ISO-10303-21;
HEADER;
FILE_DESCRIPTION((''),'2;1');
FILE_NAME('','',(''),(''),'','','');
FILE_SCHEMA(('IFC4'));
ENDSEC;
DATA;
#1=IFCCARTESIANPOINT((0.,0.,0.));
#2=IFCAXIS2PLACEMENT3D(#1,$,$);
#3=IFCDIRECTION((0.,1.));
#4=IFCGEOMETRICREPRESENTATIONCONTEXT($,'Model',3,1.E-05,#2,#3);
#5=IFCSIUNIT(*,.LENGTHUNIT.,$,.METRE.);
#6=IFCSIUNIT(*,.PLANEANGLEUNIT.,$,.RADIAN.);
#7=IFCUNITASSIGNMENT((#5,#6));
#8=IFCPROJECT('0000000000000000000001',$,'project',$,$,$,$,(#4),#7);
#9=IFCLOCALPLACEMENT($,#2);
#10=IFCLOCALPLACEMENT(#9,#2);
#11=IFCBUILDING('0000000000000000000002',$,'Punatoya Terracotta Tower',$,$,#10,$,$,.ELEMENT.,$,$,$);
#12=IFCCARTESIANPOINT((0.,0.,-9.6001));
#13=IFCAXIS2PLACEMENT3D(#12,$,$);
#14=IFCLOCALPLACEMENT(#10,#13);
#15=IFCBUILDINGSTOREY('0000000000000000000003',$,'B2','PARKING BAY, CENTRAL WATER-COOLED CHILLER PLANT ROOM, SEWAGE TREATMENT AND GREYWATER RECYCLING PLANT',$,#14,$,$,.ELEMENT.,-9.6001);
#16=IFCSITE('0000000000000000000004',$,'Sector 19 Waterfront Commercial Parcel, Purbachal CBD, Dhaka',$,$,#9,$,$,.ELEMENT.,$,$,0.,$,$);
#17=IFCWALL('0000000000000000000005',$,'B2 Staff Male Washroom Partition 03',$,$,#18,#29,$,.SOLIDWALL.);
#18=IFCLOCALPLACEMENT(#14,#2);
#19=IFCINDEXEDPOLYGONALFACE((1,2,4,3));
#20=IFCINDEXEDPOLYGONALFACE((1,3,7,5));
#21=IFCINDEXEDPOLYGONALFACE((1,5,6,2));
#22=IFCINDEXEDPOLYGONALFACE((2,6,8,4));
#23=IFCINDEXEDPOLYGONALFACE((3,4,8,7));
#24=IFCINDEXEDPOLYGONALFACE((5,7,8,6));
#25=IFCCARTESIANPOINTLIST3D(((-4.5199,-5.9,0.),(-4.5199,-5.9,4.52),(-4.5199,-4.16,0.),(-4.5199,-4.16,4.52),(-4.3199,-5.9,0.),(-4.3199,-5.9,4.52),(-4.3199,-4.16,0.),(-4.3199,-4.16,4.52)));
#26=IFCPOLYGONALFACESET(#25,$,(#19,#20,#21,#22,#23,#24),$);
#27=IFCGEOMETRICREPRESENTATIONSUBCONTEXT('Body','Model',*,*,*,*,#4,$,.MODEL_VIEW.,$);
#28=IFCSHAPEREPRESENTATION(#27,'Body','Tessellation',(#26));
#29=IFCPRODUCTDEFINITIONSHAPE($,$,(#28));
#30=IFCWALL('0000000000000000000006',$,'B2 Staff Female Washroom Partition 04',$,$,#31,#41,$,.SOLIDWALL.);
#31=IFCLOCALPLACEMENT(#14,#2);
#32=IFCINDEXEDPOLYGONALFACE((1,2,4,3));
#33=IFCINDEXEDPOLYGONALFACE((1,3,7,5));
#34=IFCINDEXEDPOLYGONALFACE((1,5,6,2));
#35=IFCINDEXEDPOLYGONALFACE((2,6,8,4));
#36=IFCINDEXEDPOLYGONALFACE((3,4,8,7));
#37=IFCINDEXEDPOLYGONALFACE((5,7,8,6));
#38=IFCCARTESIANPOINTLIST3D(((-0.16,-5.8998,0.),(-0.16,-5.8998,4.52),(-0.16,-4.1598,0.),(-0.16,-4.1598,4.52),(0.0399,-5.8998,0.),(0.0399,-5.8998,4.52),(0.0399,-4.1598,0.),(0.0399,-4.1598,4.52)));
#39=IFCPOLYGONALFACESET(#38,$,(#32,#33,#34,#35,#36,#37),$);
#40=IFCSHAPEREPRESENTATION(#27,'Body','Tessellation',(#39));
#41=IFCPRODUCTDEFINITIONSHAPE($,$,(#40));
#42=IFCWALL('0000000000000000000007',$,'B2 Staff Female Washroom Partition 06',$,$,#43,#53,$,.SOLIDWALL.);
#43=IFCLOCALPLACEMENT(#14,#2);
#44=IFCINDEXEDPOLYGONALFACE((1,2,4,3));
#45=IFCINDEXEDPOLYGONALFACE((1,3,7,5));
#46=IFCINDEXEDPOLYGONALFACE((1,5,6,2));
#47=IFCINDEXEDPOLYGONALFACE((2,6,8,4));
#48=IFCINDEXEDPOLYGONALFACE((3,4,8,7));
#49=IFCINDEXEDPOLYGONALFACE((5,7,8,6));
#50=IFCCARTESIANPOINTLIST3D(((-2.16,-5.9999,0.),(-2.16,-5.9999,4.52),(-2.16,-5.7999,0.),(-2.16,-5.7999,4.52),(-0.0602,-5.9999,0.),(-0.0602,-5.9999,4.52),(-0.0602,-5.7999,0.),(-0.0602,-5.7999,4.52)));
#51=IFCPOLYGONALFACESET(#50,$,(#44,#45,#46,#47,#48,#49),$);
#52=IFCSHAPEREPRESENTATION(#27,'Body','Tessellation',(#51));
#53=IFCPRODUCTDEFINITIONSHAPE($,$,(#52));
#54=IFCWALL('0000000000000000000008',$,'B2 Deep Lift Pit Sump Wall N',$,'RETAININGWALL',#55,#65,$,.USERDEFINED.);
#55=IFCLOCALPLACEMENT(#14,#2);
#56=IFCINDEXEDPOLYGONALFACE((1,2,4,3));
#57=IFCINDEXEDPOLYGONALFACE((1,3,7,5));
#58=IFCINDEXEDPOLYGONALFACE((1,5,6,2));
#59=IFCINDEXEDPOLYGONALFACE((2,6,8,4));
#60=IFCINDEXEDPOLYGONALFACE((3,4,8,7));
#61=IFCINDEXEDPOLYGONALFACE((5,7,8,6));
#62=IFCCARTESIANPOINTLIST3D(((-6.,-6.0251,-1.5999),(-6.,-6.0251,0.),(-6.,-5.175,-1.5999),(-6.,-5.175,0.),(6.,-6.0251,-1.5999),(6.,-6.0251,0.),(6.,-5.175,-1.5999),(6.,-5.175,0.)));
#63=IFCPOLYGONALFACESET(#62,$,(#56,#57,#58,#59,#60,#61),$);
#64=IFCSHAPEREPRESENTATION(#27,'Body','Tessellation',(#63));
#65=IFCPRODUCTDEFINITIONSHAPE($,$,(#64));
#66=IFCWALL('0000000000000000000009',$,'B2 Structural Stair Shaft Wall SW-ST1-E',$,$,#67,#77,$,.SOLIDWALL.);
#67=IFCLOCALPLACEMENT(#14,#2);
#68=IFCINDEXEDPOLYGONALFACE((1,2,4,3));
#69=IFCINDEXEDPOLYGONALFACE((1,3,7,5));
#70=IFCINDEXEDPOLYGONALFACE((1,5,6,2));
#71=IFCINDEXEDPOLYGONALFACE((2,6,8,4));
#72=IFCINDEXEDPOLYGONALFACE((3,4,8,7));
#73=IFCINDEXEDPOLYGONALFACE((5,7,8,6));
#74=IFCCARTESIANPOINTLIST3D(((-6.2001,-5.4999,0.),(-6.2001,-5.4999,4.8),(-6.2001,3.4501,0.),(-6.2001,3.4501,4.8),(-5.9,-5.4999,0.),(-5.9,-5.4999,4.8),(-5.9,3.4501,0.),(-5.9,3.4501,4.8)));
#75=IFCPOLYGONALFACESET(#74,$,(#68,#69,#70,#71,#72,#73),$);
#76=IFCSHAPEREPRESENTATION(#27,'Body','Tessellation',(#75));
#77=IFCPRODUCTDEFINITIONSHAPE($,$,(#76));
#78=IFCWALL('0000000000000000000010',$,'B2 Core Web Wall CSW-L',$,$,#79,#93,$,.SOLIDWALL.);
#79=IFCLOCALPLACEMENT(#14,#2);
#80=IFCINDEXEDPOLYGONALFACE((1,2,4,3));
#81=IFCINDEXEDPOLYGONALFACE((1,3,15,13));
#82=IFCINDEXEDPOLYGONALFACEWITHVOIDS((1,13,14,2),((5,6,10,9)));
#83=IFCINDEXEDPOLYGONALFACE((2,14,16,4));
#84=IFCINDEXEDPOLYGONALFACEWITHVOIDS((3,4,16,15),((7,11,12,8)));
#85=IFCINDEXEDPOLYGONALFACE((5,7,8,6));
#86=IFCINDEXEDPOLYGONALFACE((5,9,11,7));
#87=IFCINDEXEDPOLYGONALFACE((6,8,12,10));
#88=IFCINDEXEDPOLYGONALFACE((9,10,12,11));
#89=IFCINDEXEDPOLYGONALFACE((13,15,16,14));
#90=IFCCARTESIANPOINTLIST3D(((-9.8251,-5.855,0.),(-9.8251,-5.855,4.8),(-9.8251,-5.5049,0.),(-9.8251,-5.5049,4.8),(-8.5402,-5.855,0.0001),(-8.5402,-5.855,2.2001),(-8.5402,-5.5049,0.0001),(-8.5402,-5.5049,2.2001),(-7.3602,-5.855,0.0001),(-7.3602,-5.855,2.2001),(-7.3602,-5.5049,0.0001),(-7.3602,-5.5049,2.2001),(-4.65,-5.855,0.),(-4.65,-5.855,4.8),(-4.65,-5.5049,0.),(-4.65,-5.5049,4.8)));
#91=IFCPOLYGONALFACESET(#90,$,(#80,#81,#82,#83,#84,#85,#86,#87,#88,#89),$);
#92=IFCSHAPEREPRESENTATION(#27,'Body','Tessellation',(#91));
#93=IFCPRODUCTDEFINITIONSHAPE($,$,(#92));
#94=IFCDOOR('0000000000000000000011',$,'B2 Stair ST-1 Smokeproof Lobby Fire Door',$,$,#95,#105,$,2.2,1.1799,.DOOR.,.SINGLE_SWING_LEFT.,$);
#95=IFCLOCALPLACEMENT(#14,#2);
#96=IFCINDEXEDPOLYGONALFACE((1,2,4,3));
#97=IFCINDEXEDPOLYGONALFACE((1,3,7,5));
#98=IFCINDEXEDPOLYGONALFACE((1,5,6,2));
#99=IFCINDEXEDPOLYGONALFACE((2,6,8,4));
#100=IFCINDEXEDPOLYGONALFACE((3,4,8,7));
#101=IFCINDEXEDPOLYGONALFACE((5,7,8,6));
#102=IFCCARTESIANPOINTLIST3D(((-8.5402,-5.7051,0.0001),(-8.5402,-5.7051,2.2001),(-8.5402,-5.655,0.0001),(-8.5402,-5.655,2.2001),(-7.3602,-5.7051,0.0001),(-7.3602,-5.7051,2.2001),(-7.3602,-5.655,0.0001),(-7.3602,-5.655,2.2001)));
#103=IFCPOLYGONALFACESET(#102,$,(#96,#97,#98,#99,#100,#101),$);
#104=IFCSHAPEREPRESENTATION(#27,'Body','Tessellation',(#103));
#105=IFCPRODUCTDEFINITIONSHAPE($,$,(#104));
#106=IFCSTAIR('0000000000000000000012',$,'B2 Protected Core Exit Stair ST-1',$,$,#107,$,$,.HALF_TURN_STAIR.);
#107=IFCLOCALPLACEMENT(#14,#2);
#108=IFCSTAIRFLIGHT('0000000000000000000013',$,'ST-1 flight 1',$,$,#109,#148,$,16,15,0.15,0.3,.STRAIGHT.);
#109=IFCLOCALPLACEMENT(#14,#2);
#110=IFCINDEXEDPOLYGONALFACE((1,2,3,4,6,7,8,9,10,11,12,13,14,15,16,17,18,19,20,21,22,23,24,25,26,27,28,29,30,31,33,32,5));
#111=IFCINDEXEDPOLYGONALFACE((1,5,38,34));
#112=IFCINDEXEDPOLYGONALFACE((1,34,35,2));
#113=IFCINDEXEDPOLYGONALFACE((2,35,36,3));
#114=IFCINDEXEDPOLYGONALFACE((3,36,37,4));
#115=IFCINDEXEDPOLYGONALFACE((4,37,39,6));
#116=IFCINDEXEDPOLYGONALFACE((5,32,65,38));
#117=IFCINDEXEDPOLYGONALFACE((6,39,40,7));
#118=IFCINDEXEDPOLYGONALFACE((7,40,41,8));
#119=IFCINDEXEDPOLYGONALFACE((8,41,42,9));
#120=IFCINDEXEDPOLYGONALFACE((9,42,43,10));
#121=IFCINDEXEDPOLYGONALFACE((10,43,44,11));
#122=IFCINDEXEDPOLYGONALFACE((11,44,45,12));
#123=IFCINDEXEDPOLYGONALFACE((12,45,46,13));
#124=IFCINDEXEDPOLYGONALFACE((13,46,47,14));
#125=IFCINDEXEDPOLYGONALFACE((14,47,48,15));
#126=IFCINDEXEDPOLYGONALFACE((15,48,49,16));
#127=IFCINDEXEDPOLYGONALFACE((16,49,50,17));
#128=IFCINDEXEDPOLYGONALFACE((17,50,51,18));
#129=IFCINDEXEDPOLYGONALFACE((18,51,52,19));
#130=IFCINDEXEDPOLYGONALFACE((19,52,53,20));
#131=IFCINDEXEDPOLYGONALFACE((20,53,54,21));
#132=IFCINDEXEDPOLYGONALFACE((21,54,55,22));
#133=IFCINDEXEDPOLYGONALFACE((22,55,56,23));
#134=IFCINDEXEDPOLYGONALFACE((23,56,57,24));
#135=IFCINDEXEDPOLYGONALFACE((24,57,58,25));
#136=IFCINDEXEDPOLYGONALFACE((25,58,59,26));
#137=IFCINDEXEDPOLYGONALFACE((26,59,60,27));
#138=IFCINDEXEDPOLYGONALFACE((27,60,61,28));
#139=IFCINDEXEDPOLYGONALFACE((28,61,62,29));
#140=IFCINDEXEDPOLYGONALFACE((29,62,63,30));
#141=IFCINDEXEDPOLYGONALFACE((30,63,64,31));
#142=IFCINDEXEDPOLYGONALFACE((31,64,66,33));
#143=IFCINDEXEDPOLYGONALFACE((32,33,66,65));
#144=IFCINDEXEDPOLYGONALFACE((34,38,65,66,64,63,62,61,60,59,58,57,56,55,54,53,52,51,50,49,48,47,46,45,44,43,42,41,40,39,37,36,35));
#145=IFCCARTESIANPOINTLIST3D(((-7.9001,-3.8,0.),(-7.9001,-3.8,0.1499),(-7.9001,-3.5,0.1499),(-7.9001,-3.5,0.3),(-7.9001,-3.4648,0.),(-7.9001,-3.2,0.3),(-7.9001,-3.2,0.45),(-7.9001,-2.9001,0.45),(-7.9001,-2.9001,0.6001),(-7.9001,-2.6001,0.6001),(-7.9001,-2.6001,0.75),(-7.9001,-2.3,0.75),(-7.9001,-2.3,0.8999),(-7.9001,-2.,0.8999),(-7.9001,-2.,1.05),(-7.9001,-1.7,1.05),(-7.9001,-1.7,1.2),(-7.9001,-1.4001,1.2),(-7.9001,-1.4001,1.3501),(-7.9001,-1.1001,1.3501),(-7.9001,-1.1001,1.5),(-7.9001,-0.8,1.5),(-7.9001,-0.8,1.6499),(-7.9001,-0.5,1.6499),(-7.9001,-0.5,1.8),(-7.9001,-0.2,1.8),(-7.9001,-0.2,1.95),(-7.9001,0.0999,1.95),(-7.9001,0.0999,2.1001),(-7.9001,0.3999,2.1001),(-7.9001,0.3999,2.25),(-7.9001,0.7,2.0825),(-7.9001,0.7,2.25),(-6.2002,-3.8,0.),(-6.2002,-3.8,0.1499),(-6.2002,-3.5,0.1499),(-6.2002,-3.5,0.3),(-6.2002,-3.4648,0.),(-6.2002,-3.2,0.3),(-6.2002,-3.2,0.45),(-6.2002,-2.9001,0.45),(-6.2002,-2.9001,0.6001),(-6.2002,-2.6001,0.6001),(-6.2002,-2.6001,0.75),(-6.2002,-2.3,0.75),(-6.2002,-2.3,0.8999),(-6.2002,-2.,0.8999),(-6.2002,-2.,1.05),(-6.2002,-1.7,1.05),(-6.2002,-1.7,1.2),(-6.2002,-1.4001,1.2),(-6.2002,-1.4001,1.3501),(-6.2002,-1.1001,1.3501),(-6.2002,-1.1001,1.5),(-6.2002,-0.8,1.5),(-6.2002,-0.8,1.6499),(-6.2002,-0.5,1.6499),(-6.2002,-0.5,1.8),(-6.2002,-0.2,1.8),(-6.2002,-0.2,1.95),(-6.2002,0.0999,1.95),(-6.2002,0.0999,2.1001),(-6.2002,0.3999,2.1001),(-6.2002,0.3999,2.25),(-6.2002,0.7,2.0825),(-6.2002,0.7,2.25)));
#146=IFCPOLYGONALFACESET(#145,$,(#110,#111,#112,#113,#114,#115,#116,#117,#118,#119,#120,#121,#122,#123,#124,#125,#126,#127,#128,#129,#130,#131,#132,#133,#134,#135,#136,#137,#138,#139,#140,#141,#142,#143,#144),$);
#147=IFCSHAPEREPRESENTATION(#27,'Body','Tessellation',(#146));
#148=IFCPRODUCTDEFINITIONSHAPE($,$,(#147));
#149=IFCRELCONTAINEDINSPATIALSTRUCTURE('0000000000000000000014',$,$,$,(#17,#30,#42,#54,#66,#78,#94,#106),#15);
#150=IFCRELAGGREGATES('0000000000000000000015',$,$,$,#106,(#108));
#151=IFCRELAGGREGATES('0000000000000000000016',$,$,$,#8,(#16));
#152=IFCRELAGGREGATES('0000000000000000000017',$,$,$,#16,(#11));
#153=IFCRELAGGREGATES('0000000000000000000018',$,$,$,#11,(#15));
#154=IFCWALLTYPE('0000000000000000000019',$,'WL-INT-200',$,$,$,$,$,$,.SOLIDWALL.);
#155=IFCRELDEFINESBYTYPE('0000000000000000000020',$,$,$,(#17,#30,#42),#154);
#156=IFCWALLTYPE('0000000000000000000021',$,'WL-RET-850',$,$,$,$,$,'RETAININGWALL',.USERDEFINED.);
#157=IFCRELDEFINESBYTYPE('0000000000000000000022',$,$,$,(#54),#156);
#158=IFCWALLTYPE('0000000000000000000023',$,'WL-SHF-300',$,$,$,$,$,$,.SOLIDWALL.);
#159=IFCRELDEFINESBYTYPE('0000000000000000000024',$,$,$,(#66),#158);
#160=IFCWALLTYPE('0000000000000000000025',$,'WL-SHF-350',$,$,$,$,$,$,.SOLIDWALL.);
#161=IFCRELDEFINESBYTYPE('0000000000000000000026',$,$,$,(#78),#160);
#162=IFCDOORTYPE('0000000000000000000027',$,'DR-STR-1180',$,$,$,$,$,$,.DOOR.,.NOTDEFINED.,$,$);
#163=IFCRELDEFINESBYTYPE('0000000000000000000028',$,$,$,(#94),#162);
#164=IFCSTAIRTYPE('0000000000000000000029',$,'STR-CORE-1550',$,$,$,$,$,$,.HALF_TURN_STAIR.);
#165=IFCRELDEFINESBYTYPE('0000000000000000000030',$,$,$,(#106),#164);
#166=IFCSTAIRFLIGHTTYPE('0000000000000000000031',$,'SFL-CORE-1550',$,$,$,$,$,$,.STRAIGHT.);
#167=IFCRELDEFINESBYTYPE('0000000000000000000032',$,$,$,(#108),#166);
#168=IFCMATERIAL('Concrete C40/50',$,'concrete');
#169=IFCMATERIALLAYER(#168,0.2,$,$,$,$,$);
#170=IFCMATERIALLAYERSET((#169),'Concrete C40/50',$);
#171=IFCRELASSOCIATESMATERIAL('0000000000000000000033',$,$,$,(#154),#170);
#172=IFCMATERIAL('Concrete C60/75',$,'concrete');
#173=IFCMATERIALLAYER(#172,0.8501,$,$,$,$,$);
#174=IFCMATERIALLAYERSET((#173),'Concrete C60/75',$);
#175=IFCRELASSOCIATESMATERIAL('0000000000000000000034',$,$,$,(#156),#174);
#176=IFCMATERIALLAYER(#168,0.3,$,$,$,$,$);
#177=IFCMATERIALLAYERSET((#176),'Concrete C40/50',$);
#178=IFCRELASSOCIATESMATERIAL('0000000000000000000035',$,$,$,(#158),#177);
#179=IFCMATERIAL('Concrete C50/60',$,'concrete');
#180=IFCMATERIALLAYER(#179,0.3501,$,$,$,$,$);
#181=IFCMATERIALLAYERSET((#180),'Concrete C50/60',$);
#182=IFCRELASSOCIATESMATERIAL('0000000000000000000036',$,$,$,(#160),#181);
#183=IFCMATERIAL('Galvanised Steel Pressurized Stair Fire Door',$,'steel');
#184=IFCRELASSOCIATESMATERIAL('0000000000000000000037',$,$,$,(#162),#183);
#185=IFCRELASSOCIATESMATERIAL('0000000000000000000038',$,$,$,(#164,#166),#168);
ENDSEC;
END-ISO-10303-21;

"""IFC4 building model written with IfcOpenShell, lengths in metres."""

from ifc_helpers import new_model, si_unit, direction, frame, frame_2d, origin, place, context, subcontext, project, spatial, polyline, rectangle, outline, extrude, material, layer, layer_set, type_object, element, fill, aggregate, save


model = new_model("IFC4")

# Units and contexts
model_context = context("Model", 3, precision=1e-05, world=origin(), true_north=direction((0.0, 1.0)))
body_context = subcontext(model_context, "Body", "Model", "MODEL_VIEW")
ifc_project = project(units=[si_unit("LENGTHUNIT", "METRE"), si_unit("PLANEANGLEUNIT", "RADIAN")], contexts=[model_context])

# Site, building, storey
site_placement = place(None, origin())
site = spatial("IfcSite", under=ifc_project, at=site_placement, Name="Sector 19 Waterfront Commercial Parcel, Purbachal CBD, Dhaka", CompositionType="ELEMENT", RefElevation=0.0)
building_placement = place(site_placement, origin())
building = spatial("IfcBuilding", under=site, at=building_placement, Name="Punatoya Terracotta Tower", CompositionType="ELEMENT")
storey_placement = place(building_placement, frame((0.0, 0.0, -9.6001)))
storey = spatial("IfcBuildingStorey", under=building, at=storey_placement, Name="B2", Description="PARKING BAY, CENTRAL WATER-COOLED CHILLER PLANT ROOM, SEWAGE TREATMENT AND GREYWATER RECYCLING PLANT", CompositionType="ELEMENT", Elevation=-9.6001)

# Shared definitions
ifc_material_1 = material(Name="Concrete C50/60", Category="concrete")

# Shared definitions
ifc_material_2 = material(Name="Concrete C60/75", Category="concrete")

# Shared definitions
ifc_material_3 = material(Name="Concrete C40/50", Category="concrete")
ifc_layer_1 = layer(ifc_material_3, 0.2)
ifc_layer_set_1 = layer_set([ifc_layer_1], Name="Concrete C40/50")
wall_type_1 = type_object("IfcWallType", Name="WL-INT-200", PredefinedType="SOLIDWALL", material=ifc_layer_set_1)

# Walls
for number, where, z_axis, x_axis, name in (
    (1, (-4.4199, -4.1599, 0.0), (0.0, 0.0, 1.0), (0.0, -1.0, 0.0), "B2 Staff Male Washroom Partition 03"),
    (2, (-0.0601, -5.8999, 0.0), (0.0, 0.0, 1.0), (0.0, 1.0, 0.0), "B2 Staff Female Washroom Partition 04"),
):
    element("IfcWall", number, at=place(storey_placement, frame(where, z_axis=z_axis, x_axis=x_axis)), inside=storey, type_object=wall_type_1, Name=name, PredefinedType="SOLIDWALL", context=body_context, shape_type="SweptSolid", body=[
        extrude(rectangle(XDim=1.74, YDim=0.2, at=frame_2d((0.8701, 0.0))), origin(), (0.0, 0.0, 1.0), 4.52),
    ])

# Walls
wall_1_placement = place(storey_placement, frame((-2.1599, -5.8999, 0.0), z_axis=(0.0, 0.0, 1.0), x_axis=(1.0, 0.0, 0.0)))
element("IfcWall", 3, at=wall_1_placement, inside=storey, type_object=wall_type_1, Name="B2 Staff Female Washroom Partition 06", PredefinedType="SOLIDWALL", context=body_context, shape_type="SweptSolid", body=[
    extrude(rectangle(XDim=2.0999, YDim=0.2, at=frame_2d((1.0498, 0.0))), origin(), (0.0, 0.0, 1.0), 4.52),
])
ifc_layer_2 = layer(ifc_material_2, 0.8501)
ifc_layer_set_2 = layer_set([ifc_layer_2], Name="Concrete C60/75")
wall_type_2 = type_object("IfcWallType", Name="WL-RET-850", ElementType="RETAININGWALL", PredefinedType="USERDEFINED", material=ifc_layer_set_2)
wall_2_placement = place(storey_placement, frame((-6.0, -5.6001, -1.5999), z_axis=(0.0, 0.0, 1.0), x_axis=(1.0, 0.0, 0.0)))
element("IfcWall", 4, at=wall_2_placement, inside=storey, type_object=wall_type_2, Name="B2 Deep Lift Pit Sump Wall N", ObjectType="RETAININGWALL", PredefinedType="USERDEFINED", context=body_context, shape_type="SweptSolid", body=[
    extrude(rectangle(XDim=12.0, YDim=0.8501, at=frame_2d((6.0, 0.0))), origin(), (0.0, 0.0, 1.0), 1.5999),
])
ifc_layer_3 = layer(ifc_material_3, 0.3)
ifc_layer_set_3 = layer_set([ifc_layer_3], Name="Concrete C40/50")
wall_type_3 = type_object("IfcWallType", Name="WL-SHF-300", PredefinedType="SOLIDWALL", material=ifc_layer_set_3)
wall_3_placement = place(storey_placement, frame((-6.05, -5.5, 0.0), z_axis=(0.0, 0.0, 1.0), x_axis=(0.0, 1.0, 0.0)))
element("IfcWall", 5, at=wall_3_placement, inside=storey, type_object=wall_type_3, Name="B2 Structural Stair Shaft Wall SW-ST1-E", PredefinedType="SOLIDWALL", context=body_context, shape_type="SweptSolid", body=[
    extrude(rectangle(XDim=8.95, YDim=0.3, at=frame_2d((4.4751, 0.0))), origin(), (0.0, 0.0, 1.0), 4.8),
])

# Wall, opening, door
ifc_layer_4 = layer(ifc_material_1, 0.3501)
ifc_layer_set_4 = layer_set([ifc_layer_4], Name="Concrete C50/60")
wall_type_4 = type_object("IfcWallType", Name="WL-SHF-350", PredefinedType="SOLIDWALL", material=ifc_layer_set_4)
wall_4_placement = place(storey_placement, frame((-9.825, -5.6799, 0.0), z_axis=(0.0, 0.0, 1.0), x_axis=(1.0, 0.0, 0.0)))
wall_4 = element("IfcWall", 6, at=wall_4_placement, inside=storey, type_object=wall_type_4, Name="B2 Core Web Wall CSW-L", PredefinedType="SOLIDWALL", context=body_context, shape_type="SweptSolid", body=[
    extrude(rectangle(XDim=5.175, YDim=0.3501, at=frame_2d((2.5874, 0.0))), origin(), (0.0, 0.0, 1.0), 4.8),
])
opening_1_placement = place(wall_4_placement, frame((1.2849, 0.0, 0.0)))
opening_1 = element("IfcOpeningElement", 7, at=opening_1_placement, cuts=wall_4, PredefinedType="OPENING", context=body_context, shape_type="SweptSolid", body=[
    extrude(rectangle(XDim=1.1799, YDim=2.2, at=frame_2d((0.5898, 1.1001))), frame((0.0, 0.1851, 0.0), z_axis=(0.0, -1.0, 0.0), x_axis=(1.0, 0.0, 0.0)), (0.0, 0.0, 1.0), 0.3701),
])
ifc_material_4 = material(Name="Galvanised Steel Pressurized Stair Fire Door", Category="steel")
door_type_1 = type_object("IfcDoorType", Name="DR-STR-1180", OperationType="NOTDEFINED", PredefinedType="DOOR", material=ifc_material_4)
door_1_placement = place(opening_1_placement, origin())
door_1 = element("IfcDoor", 8, at=door_1_placement, inside=storey, type_object=door_type_1, Name="B2 Stair ST-1 Smokeproof Lobby Fire Door", OperationType="SINGLE_SWING_LEFT", OverallHeight=2.2, OverallWidth=1.1799, PredefinedType="DOOR", context=body_context, shape_type="SweptSolid", body=[
    extrude(rectangle(XDim=1.1799, YDim=2.2, at=frame_2d((0.5898, 1.1001))), frame((0.0, 0.0249, 0.0), z_axis=(0.0, -1.0, 0.0), x_axis=(1.0, 0.0, 0.0)), (0.0, 0.0, 1.0), 0.05),
])
fill(opening_1, door_1)

# Stair, stair flight
stair_type = type_object("IfcStairType", Name="STR-CORE-1550", PredefinedType="HALF_TURN_STAIR", material=ifc_material_3)
stair_placement = place(storey_placement, origin())
stair = element("IfcStair", 9, at=stair_placement, inside=storey, type_object=stair_type, Name="B2 Protected Core Exit Stair ST-1", PredefinedType="HALF_TURN_STAIR")
stair_flight_type = type_object("IfcStairFlightType", Name="SFL-CORE-1550", PredefinedType="STRAIGHT", material=ifc_material_3)
stair_flight_placement = place(storey_placement, frame((-7.05, -3.8, 0.0), z_axis=(0.0, 0.0, 1.0), x_axis=(0.0, 1.0, 0.0)))
stair_flight = element("IfcStairFlight", 10, at=stair_flight_placement, type_object=stair_flight_type, Name="ST-1 flight 1", NumberOfRisers=16, NumberOfTreads=15, PredefinedType="STRAIGHT", RiserHeight=0.15, TreadLength=0.3, context=body_context, shape_type="SweptSolid", body=[
    extrude(outline(polyline([(0.0, 0.0), (0.0, 0.1499), (0.3, 0.1499), (0.3, 0.3), (0.6001, 0.3), (0.6001, 0.45), (0.8999, 0.45), (0.8999, 0.6001), (1.2, 0.6001), (1.2, 0.75), (1.5, 0.75), (1.5, 0.8999), (1.8, 0.8999), (1.8, 1.05), (2.1001, 1.05), (2.1001, 1.2), (2.3999, 1.2), (2.3999, 1.3501), (2.7, 1.3501), (2.7, 1.5), (3.0, 1.5), (3.0, 1.6499), (3.3, 1.6499), (3.3, 1.8), (3.6001, 1.8), (3.6001, 1.95), (3.8999, 1.95), (3.8999, 2.1001), (4.2, 2.1001), (4.2, 2.25), (4.5, 2.25), (4.5, 2.3999), (4.5, 2.0825), (0.3352, 0.0), (0.0, 0.0)])), frame((0.0, 0.8501, 0.0), z_axis=(0.0, -1.0, 0.0), x_axis=(1.0, 0.0, 0.0)), (0.0, 0.0, 1.0), 1.7),
])
aggregate(stair, [stair_flight])

save(model, "model.ifc")
